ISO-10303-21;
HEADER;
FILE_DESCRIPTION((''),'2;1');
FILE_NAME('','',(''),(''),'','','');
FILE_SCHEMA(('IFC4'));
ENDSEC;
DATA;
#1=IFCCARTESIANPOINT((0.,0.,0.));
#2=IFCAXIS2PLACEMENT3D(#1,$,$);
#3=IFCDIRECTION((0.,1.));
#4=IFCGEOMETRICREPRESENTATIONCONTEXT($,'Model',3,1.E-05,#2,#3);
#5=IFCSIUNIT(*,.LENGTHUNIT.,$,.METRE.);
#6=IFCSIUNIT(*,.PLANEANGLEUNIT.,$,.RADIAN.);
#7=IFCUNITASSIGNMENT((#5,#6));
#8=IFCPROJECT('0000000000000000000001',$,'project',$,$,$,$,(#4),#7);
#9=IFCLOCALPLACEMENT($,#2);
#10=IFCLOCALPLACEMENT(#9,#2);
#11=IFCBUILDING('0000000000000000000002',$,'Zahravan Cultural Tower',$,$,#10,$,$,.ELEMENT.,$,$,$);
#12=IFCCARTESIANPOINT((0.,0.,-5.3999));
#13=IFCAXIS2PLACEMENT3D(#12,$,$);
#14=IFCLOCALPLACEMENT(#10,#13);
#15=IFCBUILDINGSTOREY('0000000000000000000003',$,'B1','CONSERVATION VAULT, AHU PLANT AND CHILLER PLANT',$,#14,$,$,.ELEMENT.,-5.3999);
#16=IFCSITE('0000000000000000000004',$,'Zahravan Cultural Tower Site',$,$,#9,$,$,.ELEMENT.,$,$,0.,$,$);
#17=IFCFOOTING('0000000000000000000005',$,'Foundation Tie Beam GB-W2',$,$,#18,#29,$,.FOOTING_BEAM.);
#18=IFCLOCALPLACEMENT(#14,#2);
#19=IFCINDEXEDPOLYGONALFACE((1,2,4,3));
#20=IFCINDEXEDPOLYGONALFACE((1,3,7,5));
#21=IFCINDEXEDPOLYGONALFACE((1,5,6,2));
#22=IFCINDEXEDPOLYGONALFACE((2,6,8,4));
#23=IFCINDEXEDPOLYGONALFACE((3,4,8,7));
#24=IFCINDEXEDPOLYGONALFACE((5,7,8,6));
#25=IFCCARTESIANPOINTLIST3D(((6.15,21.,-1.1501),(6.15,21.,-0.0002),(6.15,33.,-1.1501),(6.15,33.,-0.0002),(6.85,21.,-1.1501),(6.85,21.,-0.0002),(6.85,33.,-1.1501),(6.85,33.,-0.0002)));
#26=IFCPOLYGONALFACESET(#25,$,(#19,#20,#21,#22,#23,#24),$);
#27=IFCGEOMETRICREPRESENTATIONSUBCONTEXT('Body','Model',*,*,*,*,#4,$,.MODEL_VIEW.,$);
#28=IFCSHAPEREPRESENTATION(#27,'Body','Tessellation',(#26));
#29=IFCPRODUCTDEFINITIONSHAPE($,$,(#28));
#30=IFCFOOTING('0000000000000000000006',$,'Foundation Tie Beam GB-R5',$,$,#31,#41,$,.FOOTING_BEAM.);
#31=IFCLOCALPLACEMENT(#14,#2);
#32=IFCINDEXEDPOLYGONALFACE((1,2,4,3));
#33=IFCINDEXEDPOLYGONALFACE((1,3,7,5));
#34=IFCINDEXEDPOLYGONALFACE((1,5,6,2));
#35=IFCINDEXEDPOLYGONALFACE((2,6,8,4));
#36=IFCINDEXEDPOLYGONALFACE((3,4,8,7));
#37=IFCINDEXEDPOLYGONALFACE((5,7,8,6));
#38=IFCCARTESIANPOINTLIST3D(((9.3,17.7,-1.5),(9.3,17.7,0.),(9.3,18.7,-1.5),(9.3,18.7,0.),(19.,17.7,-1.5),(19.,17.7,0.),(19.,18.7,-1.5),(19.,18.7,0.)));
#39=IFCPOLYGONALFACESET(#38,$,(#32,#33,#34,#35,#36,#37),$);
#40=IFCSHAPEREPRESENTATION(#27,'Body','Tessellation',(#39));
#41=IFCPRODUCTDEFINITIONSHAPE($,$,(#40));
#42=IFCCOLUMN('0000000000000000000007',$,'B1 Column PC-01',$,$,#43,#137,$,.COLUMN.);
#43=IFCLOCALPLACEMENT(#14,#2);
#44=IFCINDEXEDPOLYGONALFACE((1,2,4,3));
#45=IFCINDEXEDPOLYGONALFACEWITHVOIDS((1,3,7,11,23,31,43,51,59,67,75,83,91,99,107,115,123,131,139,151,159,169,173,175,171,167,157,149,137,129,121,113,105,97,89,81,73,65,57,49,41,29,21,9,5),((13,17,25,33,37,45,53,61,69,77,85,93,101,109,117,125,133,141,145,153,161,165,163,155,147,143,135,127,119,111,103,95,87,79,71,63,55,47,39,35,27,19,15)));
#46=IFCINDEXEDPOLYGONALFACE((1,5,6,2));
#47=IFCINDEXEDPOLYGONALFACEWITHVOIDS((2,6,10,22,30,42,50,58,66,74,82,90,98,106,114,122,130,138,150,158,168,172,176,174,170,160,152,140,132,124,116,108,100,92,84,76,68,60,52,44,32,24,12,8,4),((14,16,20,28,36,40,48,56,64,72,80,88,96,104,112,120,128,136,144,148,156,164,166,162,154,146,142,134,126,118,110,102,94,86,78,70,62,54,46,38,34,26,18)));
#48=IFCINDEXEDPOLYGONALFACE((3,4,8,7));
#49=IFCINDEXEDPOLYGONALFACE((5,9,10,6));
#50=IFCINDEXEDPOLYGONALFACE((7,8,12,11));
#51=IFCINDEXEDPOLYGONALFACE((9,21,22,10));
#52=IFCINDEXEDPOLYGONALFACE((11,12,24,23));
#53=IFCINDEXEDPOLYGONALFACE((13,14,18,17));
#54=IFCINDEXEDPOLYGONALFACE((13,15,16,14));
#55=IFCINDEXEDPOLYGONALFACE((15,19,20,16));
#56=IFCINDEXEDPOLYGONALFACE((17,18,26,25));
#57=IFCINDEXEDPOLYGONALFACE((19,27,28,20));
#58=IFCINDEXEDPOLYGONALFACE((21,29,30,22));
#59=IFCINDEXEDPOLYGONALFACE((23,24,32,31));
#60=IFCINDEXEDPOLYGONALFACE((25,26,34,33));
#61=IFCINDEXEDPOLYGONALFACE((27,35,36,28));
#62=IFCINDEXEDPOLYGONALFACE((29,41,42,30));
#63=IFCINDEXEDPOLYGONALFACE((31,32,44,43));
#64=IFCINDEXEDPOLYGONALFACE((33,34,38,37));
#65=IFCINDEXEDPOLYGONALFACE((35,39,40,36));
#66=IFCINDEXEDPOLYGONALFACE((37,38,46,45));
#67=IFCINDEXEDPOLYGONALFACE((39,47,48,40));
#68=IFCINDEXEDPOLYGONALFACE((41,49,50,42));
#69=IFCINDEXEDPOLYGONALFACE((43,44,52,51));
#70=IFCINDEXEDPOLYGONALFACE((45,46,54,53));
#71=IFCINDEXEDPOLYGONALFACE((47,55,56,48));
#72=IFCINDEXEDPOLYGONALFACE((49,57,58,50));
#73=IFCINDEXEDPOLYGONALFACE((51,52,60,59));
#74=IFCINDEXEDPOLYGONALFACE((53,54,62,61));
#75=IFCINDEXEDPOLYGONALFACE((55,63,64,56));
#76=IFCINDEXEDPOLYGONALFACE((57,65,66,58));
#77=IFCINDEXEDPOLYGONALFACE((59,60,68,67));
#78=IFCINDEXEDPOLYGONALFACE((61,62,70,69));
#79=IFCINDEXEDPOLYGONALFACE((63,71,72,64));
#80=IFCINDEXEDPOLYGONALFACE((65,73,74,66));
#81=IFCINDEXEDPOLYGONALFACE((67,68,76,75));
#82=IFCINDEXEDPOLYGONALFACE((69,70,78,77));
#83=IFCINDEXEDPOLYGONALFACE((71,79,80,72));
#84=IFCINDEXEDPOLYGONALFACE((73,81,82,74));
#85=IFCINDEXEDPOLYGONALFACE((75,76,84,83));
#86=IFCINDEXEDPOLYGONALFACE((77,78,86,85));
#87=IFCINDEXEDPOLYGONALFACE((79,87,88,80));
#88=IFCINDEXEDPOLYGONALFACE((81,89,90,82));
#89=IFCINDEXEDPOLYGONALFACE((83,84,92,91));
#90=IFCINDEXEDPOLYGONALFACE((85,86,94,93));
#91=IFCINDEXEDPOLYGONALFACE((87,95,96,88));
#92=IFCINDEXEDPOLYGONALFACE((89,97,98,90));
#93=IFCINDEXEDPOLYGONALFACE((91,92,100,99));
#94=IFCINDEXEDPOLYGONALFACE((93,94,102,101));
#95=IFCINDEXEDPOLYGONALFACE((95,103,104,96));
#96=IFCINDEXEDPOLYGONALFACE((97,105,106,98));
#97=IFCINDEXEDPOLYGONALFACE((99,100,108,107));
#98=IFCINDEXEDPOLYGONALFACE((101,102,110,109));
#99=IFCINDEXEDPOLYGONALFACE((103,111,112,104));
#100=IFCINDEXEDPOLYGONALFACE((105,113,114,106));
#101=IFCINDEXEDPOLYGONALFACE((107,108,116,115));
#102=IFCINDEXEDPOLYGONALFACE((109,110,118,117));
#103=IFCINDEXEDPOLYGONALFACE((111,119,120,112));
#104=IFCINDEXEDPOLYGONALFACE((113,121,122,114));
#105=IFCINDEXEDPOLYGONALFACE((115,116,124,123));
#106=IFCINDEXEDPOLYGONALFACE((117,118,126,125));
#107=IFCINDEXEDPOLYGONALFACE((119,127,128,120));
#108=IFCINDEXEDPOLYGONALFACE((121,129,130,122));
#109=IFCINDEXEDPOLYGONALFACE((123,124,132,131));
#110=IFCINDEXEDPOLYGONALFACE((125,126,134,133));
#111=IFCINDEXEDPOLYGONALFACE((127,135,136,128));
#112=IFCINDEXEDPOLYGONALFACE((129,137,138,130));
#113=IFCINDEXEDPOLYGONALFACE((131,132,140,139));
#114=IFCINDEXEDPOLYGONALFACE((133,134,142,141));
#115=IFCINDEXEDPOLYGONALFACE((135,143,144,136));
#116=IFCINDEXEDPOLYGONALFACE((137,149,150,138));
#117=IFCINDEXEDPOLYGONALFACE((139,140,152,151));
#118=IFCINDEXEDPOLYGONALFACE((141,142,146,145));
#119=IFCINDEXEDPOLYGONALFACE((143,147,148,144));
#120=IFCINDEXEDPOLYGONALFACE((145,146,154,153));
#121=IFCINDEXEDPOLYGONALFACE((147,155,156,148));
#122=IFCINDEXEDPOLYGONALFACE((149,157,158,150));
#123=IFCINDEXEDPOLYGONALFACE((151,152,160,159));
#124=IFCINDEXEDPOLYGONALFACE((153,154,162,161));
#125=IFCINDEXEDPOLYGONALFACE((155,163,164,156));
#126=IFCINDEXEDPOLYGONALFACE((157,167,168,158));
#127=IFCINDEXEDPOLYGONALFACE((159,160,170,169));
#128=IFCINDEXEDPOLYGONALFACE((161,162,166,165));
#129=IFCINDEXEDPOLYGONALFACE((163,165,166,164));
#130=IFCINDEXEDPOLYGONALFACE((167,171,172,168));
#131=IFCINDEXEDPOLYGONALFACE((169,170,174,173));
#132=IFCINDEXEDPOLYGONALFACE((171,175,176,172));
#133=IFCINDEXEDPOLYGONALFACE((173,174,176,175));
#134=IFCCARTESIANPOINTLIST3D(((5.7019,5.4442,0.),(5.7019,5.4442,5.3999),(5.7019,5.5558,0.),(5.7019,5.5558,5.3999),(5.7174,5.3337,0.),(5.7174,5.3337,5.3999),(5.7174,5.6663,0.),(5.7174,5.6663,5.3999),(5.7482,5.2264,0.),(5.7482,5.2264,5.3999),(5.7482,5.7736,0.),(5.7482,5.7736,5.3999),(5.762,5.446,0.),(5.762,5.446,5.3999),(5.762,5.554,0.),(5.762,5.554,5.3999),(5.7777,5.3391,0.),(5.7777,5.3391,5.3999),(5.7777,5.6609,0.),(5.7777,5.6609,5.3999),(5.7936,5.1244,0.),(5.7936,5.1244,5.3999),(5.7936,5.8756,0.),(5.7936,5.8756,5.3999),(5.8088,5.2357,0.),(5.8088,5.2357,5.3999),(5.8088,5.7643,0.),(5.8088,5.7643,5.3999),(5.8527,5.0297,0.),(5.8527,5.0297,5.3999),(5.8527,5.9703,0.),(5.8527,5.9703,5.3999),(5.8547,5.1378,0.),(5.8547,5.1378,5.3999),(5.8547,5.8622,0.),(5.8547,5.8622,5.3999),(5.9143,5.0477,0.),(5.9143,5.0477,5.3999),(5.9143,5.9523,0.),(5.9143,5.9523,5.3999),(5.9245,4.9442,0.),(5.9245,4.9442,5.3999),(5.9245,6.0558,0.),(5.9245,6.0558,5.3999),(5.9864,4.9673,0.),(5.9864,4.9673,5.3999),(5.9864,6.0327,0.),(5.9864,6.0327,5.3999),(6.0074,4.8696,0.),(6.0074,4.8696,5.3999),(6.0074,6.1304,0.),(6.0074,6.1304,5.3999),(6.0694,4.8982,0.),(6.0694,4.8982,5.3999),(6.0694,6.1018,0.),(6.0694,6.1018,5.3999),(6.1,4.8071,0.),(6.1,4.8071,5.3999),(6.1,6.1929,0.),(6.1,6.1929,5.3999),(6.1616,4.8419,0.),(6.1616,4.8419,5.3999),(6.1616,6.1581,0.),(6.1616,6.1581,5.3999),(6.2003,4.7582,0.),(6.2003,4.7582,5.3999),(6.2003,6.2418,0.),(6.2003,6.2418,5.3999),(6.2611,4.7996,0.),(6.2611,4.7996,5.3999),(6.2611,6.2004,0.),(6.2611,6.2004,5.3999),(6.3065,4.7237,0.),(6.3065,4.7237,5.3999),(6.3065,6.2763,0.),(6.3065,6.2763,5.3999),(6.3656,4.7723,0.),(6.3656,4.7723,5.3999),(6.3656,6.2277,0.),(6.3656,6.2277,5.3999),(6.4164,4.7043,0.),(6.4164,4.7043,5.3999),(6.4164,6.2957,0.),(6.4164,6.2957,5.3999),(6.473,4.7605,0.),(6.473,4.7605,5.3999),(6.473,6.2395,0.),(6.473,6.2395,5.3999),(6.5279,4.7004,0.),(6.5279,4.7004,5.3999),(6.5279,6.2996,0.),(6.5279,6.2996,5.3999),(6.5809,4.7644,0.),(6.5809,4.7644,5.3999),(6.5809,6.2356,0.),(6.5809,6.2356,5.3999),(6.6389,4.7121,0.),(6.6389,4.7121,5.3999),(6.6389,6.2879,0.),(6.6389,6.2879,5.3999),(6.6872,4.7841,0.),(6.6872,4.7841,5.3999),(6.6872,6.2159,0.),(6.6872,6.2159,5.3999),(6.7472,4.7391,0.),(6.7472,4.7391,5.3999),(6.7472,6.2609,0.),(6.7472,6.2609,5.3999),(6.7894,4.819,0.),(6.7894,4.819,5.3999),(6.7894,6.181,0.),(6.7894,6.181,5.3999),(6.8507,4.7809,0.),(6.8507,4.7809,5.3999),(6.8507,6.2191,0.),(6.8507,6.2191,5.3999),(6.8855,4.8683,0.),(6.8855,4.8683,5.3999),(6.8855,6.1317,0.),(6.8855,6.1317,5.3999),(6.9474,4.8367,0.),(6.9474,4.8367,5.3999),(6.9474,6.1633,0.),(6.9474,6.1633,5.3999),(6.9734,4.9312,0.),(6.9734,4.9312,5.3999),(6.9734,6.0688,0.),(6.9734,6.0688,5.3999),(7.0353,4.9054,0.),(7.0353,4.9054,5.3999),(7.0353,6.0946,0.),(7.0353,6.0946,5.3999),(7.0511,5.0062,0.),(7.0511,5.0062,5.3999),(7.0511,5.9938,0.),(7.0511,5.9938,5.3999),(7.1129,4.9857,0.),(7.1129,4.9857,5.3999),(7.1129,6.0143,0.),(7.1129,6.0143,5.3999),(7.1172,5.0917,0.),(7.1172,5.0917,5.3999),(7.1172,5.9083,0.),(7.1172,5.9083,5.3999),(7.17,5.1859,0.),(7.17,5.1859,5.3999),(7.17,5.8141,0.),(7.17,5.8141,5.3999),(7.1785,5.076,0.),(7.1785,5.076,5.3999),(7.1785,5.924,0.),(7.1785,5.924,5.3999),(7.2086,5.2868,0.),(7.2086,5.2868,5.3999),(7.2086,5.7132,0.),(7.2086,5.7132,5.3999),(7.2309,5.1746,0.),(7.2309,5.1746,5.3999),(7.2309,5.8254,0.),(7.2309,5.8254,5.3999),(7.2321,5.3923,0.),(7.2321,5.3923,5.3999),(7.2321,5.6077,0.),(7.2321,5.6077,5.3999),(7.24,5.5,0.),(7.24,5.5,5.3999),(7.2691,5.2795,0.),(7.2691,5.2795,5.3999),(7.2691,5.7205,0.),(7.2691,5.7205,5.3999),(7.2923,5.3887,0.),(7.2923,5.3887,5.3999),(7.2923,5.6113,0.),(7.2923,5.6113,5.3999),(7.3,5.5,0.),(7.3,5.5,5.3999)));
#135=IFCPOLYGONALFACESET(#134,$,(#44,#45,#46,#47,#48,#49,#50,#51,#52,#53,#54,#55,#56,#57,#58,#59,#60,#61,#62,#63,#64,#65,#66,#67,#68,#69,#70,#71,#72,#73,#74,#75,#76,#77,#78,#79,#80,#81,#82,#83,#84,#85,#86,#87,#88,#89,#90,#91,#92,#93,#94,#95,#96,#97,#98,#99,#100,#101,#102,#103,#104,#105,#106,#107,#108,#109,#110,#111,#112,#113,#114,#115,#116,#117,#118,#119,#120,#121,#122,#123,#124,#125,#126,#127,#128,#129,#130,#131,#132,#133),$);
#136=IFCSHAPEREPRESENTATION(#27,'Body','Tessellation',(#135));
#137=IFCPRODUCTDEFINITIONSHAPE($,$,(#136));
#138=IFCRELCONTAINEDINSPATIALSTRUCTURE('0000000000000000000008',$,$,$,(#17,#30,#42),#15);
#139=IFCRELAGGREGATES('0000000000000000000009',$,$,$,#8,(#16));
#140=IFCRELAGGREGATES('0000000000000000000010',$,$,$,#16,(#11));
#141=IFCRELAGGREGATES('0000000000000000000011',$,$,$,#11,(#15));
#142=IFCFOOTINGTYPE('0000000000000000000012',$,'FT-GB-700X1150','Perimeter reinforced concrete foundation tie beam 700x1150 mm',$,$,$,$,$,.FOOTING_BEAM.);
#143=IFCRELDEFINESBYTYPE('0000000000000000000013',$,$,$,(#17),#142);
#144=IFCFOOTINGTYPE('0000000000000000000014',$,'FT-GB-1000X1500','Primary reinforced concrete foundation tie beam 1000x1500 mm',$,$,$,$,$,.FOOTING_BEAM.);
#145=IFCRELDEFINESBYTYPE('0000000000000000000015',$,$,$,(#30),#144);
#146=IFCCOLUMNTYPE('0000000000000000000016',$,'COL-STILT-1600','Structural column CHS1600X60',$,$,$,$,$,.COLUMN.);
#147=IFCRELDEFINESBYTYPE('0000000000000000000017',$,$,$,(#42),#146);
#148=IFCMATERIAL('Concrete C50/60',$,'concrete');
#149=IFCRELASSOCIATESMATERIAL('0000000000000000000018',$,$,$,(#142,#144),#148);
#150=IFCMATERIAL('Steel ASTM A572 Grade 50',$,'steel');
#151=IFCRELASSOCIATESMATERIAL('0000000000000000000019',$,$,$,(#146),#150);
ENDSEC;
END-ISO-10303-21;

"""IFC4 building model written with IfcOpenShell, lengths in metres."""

from ifc_helpers import new_model, si_unit, direction, frame, origin, origin_2d, place, context, subcontext, project, spatial, rectangle, hollow_circle, extrude, source, transform, mapped, material, material_profile, profile_set, type_object, element, save


model = new_model("IFC4")

# Units and contexts
model_context = context("Model", 3, precision=1e-05, world=origin(), true_north=direction((0.0, 1.0)))
body_context = subcontext(model_context, "Body", "Model", "MODEL_VIEW")
ifc_project = project(units=[si_unit("LENGTHUNIT", "METRE"), si_unit("PLANEANGLEUNIT", "RADIAN")], contexts=[model_context])

# Site, building, storey
site_placement = place(None, origin())
site = spatial("IfcSite", under=ifc_project, at=site_placement, Name="Zahravan Cultural Tower Site", CompositionType="ELEMENT", RefElevation=0.0)
building_placement = place(site_placement, origin())
building = spatial("IfcBuilding", under=site, at=building_placement, Name="Zahravan Cultural Tower", CompositionType="ELEMENT")
storey_placement = place(building_placement, frame((0.0, 0.0, -5.3999)))
storey = spatial("IfcBuildingStorey", under=building, at=storey_placement, Name="B1", Description="CONSERVATION VAULT, AHU PLANT AND CHILLER PLANT", CompositionType="ELEMENT", Elevation=-5.3999)

# Footings
ifc_material_1 = material(Name="Concrete C50/60", Category="concrete")
ifc_material_profile_1 = material_profile(ifc_material_1, rectangle(XDim=0.7, YDim=1.1499, at=origin_2d()), Name="RC700X1150")
ifc_profile_set_1 = profile_set([ifc_material_profile_1], Name="Concrete C50/60")
footing_type_1 = type_object("IfcFootingType", Name="FT-GB-700X1150", Description="Perimeter reinforced concrete foundation tie beam 700x1150 mm", PredefinedType="FOOTING_BEAM", material=ifc_profile_set_1)
shared_shape_1 = source(origin(), body_context, "Body", "SweptSolid", [
    extrude(rectangle(XDim=0.7, YDim=1.1499, at=origin_2d()), origin(), (0.0, 0.0, 1.0), 12.0),
])
footing_1_placement = place(storey_placement, frame((6.5, 21.0, -0.5752), z_axis=(0.0, 1.0, 0.0), x_axis=(-1.0, 0.0, 0.0)))
element("IfcFooting", 1, at=footing_1_placement, inside=storey, type_object=footing_type_1, Name="Foundation Tie Beam GB-W2", PredefinedType="FOOTING_BEAM", context=body_context, shape_type="MappedRepresentation", body=[
    mapped(shared_shape_1, transform((0.0, 0.0, 0.0), x_axis=(1.0, 0.0, 0.0), y_axis=(0.0, 1.0, 0.0), z_axis=(0.0, 0.0, 1.0), scale=1.0)),
])
ifc_material_profile_2 = material_profile(ifc_material_1, rectangle(XDim=1.0, YDim=1.5, at=origin_2d()), Name="RC1000X1500")
ifc_profile_set_2 = profile_set([ifc_material_profile_2], Name="Concrete C50/60")
footing_type_2 = type_object("IfcFootingType", Name="FT-GB-1000X1500", Description="Primary reinforced concrete foundation tie beam 1000x1500 mm", PredefinedType="FOOTING_BEAM", material=ifc_profile_set_2)
shared_shape_2 = source(origin(), body_context, "Body", "SweptSolid", [
    extrude(rectangle(XDim=1.0, YDim=1.5, at=origin_2d()), origin(), (0.0, 0.0, 1.0), 9.7),
])
footing_2_placement = place(storey_placement, frame((9.3, 18.2, -0.75), z_axis=(1.0, 0.0, 0.0), x_axis=(0.0, 1.0, 0.0)))
element("IfcFooting", 2, at=footing_2_placement, inside=storey, type_object=footing_type_2, Name="Foundation Tie Beam GB-R5", PredefinedType="FOOTING_BEAM", context=body_context, shape_type="MappedRepresentation", body=[
    mapped(shared_shape_2, transform((0.0, 0.0, 0.0), x_axis=(1.0, 0.0, 0.0), y_axis=(0.0, 1.0, 0.0), z_axis=(0.0, 0.0, 1.0), scale=1.0)),
])

# Column
ifc_material_2 = material(Name="Steel ASTM A572 Grade 50", Category="steel")
ifc_material_profile_3 = material_profile(ifc_material_2, hollow_circle(Radius=0.8, WallThickness=0.0601, at=origin_2d()), Name="CHS1600X60")
ifc_profile_set_3 = profile_set([ifc_material_profile_3], Name="Steel ASTM A572 Grade 50")
column_type_1 = type_object("IfcColumnType", Name="COL-STILT-1600", Description="Structural column CHS1600X60", PredefinedType="COLUMN", material=ifc_profile_set_3)
shared_shape_3 = source(origin(), body_context, "Body", "SweptSolid", [
    extrude(hollow_circle(Radius=0.8, WallThickness=0.0601, at=origin_2d()), origin(), (0.0, 0.0, 1.0), 5.3999),
])
for number, where, z_axis, x_axis, name in (
    (3, (6.5, 5.5, 0.0), (0.0, 0.0, 1.0), (1.0, 0.0, 0.0), "B1 Column PC-01"),
):
    element("IfcColumn", number, at=place(storey_placement, frame(where, z_axis=z_axis, x_axis=x_axis)), inside=storey, type_object=column_type_1, Name=name, PredefinedType="COLUMN", context=body_context, shape_type="MappedRepresentation", body=[
        mapped(shared_shape_3, transform((0.0, 0.0, 0.0), x_axis=(1.0, 0.0, 0.0), y_axis=(0.0, 1.0, 0.0), z_axis=(0.0, 0.0, 1.0), scale=1.0)),
    ])

save(model, "model.ifc")
